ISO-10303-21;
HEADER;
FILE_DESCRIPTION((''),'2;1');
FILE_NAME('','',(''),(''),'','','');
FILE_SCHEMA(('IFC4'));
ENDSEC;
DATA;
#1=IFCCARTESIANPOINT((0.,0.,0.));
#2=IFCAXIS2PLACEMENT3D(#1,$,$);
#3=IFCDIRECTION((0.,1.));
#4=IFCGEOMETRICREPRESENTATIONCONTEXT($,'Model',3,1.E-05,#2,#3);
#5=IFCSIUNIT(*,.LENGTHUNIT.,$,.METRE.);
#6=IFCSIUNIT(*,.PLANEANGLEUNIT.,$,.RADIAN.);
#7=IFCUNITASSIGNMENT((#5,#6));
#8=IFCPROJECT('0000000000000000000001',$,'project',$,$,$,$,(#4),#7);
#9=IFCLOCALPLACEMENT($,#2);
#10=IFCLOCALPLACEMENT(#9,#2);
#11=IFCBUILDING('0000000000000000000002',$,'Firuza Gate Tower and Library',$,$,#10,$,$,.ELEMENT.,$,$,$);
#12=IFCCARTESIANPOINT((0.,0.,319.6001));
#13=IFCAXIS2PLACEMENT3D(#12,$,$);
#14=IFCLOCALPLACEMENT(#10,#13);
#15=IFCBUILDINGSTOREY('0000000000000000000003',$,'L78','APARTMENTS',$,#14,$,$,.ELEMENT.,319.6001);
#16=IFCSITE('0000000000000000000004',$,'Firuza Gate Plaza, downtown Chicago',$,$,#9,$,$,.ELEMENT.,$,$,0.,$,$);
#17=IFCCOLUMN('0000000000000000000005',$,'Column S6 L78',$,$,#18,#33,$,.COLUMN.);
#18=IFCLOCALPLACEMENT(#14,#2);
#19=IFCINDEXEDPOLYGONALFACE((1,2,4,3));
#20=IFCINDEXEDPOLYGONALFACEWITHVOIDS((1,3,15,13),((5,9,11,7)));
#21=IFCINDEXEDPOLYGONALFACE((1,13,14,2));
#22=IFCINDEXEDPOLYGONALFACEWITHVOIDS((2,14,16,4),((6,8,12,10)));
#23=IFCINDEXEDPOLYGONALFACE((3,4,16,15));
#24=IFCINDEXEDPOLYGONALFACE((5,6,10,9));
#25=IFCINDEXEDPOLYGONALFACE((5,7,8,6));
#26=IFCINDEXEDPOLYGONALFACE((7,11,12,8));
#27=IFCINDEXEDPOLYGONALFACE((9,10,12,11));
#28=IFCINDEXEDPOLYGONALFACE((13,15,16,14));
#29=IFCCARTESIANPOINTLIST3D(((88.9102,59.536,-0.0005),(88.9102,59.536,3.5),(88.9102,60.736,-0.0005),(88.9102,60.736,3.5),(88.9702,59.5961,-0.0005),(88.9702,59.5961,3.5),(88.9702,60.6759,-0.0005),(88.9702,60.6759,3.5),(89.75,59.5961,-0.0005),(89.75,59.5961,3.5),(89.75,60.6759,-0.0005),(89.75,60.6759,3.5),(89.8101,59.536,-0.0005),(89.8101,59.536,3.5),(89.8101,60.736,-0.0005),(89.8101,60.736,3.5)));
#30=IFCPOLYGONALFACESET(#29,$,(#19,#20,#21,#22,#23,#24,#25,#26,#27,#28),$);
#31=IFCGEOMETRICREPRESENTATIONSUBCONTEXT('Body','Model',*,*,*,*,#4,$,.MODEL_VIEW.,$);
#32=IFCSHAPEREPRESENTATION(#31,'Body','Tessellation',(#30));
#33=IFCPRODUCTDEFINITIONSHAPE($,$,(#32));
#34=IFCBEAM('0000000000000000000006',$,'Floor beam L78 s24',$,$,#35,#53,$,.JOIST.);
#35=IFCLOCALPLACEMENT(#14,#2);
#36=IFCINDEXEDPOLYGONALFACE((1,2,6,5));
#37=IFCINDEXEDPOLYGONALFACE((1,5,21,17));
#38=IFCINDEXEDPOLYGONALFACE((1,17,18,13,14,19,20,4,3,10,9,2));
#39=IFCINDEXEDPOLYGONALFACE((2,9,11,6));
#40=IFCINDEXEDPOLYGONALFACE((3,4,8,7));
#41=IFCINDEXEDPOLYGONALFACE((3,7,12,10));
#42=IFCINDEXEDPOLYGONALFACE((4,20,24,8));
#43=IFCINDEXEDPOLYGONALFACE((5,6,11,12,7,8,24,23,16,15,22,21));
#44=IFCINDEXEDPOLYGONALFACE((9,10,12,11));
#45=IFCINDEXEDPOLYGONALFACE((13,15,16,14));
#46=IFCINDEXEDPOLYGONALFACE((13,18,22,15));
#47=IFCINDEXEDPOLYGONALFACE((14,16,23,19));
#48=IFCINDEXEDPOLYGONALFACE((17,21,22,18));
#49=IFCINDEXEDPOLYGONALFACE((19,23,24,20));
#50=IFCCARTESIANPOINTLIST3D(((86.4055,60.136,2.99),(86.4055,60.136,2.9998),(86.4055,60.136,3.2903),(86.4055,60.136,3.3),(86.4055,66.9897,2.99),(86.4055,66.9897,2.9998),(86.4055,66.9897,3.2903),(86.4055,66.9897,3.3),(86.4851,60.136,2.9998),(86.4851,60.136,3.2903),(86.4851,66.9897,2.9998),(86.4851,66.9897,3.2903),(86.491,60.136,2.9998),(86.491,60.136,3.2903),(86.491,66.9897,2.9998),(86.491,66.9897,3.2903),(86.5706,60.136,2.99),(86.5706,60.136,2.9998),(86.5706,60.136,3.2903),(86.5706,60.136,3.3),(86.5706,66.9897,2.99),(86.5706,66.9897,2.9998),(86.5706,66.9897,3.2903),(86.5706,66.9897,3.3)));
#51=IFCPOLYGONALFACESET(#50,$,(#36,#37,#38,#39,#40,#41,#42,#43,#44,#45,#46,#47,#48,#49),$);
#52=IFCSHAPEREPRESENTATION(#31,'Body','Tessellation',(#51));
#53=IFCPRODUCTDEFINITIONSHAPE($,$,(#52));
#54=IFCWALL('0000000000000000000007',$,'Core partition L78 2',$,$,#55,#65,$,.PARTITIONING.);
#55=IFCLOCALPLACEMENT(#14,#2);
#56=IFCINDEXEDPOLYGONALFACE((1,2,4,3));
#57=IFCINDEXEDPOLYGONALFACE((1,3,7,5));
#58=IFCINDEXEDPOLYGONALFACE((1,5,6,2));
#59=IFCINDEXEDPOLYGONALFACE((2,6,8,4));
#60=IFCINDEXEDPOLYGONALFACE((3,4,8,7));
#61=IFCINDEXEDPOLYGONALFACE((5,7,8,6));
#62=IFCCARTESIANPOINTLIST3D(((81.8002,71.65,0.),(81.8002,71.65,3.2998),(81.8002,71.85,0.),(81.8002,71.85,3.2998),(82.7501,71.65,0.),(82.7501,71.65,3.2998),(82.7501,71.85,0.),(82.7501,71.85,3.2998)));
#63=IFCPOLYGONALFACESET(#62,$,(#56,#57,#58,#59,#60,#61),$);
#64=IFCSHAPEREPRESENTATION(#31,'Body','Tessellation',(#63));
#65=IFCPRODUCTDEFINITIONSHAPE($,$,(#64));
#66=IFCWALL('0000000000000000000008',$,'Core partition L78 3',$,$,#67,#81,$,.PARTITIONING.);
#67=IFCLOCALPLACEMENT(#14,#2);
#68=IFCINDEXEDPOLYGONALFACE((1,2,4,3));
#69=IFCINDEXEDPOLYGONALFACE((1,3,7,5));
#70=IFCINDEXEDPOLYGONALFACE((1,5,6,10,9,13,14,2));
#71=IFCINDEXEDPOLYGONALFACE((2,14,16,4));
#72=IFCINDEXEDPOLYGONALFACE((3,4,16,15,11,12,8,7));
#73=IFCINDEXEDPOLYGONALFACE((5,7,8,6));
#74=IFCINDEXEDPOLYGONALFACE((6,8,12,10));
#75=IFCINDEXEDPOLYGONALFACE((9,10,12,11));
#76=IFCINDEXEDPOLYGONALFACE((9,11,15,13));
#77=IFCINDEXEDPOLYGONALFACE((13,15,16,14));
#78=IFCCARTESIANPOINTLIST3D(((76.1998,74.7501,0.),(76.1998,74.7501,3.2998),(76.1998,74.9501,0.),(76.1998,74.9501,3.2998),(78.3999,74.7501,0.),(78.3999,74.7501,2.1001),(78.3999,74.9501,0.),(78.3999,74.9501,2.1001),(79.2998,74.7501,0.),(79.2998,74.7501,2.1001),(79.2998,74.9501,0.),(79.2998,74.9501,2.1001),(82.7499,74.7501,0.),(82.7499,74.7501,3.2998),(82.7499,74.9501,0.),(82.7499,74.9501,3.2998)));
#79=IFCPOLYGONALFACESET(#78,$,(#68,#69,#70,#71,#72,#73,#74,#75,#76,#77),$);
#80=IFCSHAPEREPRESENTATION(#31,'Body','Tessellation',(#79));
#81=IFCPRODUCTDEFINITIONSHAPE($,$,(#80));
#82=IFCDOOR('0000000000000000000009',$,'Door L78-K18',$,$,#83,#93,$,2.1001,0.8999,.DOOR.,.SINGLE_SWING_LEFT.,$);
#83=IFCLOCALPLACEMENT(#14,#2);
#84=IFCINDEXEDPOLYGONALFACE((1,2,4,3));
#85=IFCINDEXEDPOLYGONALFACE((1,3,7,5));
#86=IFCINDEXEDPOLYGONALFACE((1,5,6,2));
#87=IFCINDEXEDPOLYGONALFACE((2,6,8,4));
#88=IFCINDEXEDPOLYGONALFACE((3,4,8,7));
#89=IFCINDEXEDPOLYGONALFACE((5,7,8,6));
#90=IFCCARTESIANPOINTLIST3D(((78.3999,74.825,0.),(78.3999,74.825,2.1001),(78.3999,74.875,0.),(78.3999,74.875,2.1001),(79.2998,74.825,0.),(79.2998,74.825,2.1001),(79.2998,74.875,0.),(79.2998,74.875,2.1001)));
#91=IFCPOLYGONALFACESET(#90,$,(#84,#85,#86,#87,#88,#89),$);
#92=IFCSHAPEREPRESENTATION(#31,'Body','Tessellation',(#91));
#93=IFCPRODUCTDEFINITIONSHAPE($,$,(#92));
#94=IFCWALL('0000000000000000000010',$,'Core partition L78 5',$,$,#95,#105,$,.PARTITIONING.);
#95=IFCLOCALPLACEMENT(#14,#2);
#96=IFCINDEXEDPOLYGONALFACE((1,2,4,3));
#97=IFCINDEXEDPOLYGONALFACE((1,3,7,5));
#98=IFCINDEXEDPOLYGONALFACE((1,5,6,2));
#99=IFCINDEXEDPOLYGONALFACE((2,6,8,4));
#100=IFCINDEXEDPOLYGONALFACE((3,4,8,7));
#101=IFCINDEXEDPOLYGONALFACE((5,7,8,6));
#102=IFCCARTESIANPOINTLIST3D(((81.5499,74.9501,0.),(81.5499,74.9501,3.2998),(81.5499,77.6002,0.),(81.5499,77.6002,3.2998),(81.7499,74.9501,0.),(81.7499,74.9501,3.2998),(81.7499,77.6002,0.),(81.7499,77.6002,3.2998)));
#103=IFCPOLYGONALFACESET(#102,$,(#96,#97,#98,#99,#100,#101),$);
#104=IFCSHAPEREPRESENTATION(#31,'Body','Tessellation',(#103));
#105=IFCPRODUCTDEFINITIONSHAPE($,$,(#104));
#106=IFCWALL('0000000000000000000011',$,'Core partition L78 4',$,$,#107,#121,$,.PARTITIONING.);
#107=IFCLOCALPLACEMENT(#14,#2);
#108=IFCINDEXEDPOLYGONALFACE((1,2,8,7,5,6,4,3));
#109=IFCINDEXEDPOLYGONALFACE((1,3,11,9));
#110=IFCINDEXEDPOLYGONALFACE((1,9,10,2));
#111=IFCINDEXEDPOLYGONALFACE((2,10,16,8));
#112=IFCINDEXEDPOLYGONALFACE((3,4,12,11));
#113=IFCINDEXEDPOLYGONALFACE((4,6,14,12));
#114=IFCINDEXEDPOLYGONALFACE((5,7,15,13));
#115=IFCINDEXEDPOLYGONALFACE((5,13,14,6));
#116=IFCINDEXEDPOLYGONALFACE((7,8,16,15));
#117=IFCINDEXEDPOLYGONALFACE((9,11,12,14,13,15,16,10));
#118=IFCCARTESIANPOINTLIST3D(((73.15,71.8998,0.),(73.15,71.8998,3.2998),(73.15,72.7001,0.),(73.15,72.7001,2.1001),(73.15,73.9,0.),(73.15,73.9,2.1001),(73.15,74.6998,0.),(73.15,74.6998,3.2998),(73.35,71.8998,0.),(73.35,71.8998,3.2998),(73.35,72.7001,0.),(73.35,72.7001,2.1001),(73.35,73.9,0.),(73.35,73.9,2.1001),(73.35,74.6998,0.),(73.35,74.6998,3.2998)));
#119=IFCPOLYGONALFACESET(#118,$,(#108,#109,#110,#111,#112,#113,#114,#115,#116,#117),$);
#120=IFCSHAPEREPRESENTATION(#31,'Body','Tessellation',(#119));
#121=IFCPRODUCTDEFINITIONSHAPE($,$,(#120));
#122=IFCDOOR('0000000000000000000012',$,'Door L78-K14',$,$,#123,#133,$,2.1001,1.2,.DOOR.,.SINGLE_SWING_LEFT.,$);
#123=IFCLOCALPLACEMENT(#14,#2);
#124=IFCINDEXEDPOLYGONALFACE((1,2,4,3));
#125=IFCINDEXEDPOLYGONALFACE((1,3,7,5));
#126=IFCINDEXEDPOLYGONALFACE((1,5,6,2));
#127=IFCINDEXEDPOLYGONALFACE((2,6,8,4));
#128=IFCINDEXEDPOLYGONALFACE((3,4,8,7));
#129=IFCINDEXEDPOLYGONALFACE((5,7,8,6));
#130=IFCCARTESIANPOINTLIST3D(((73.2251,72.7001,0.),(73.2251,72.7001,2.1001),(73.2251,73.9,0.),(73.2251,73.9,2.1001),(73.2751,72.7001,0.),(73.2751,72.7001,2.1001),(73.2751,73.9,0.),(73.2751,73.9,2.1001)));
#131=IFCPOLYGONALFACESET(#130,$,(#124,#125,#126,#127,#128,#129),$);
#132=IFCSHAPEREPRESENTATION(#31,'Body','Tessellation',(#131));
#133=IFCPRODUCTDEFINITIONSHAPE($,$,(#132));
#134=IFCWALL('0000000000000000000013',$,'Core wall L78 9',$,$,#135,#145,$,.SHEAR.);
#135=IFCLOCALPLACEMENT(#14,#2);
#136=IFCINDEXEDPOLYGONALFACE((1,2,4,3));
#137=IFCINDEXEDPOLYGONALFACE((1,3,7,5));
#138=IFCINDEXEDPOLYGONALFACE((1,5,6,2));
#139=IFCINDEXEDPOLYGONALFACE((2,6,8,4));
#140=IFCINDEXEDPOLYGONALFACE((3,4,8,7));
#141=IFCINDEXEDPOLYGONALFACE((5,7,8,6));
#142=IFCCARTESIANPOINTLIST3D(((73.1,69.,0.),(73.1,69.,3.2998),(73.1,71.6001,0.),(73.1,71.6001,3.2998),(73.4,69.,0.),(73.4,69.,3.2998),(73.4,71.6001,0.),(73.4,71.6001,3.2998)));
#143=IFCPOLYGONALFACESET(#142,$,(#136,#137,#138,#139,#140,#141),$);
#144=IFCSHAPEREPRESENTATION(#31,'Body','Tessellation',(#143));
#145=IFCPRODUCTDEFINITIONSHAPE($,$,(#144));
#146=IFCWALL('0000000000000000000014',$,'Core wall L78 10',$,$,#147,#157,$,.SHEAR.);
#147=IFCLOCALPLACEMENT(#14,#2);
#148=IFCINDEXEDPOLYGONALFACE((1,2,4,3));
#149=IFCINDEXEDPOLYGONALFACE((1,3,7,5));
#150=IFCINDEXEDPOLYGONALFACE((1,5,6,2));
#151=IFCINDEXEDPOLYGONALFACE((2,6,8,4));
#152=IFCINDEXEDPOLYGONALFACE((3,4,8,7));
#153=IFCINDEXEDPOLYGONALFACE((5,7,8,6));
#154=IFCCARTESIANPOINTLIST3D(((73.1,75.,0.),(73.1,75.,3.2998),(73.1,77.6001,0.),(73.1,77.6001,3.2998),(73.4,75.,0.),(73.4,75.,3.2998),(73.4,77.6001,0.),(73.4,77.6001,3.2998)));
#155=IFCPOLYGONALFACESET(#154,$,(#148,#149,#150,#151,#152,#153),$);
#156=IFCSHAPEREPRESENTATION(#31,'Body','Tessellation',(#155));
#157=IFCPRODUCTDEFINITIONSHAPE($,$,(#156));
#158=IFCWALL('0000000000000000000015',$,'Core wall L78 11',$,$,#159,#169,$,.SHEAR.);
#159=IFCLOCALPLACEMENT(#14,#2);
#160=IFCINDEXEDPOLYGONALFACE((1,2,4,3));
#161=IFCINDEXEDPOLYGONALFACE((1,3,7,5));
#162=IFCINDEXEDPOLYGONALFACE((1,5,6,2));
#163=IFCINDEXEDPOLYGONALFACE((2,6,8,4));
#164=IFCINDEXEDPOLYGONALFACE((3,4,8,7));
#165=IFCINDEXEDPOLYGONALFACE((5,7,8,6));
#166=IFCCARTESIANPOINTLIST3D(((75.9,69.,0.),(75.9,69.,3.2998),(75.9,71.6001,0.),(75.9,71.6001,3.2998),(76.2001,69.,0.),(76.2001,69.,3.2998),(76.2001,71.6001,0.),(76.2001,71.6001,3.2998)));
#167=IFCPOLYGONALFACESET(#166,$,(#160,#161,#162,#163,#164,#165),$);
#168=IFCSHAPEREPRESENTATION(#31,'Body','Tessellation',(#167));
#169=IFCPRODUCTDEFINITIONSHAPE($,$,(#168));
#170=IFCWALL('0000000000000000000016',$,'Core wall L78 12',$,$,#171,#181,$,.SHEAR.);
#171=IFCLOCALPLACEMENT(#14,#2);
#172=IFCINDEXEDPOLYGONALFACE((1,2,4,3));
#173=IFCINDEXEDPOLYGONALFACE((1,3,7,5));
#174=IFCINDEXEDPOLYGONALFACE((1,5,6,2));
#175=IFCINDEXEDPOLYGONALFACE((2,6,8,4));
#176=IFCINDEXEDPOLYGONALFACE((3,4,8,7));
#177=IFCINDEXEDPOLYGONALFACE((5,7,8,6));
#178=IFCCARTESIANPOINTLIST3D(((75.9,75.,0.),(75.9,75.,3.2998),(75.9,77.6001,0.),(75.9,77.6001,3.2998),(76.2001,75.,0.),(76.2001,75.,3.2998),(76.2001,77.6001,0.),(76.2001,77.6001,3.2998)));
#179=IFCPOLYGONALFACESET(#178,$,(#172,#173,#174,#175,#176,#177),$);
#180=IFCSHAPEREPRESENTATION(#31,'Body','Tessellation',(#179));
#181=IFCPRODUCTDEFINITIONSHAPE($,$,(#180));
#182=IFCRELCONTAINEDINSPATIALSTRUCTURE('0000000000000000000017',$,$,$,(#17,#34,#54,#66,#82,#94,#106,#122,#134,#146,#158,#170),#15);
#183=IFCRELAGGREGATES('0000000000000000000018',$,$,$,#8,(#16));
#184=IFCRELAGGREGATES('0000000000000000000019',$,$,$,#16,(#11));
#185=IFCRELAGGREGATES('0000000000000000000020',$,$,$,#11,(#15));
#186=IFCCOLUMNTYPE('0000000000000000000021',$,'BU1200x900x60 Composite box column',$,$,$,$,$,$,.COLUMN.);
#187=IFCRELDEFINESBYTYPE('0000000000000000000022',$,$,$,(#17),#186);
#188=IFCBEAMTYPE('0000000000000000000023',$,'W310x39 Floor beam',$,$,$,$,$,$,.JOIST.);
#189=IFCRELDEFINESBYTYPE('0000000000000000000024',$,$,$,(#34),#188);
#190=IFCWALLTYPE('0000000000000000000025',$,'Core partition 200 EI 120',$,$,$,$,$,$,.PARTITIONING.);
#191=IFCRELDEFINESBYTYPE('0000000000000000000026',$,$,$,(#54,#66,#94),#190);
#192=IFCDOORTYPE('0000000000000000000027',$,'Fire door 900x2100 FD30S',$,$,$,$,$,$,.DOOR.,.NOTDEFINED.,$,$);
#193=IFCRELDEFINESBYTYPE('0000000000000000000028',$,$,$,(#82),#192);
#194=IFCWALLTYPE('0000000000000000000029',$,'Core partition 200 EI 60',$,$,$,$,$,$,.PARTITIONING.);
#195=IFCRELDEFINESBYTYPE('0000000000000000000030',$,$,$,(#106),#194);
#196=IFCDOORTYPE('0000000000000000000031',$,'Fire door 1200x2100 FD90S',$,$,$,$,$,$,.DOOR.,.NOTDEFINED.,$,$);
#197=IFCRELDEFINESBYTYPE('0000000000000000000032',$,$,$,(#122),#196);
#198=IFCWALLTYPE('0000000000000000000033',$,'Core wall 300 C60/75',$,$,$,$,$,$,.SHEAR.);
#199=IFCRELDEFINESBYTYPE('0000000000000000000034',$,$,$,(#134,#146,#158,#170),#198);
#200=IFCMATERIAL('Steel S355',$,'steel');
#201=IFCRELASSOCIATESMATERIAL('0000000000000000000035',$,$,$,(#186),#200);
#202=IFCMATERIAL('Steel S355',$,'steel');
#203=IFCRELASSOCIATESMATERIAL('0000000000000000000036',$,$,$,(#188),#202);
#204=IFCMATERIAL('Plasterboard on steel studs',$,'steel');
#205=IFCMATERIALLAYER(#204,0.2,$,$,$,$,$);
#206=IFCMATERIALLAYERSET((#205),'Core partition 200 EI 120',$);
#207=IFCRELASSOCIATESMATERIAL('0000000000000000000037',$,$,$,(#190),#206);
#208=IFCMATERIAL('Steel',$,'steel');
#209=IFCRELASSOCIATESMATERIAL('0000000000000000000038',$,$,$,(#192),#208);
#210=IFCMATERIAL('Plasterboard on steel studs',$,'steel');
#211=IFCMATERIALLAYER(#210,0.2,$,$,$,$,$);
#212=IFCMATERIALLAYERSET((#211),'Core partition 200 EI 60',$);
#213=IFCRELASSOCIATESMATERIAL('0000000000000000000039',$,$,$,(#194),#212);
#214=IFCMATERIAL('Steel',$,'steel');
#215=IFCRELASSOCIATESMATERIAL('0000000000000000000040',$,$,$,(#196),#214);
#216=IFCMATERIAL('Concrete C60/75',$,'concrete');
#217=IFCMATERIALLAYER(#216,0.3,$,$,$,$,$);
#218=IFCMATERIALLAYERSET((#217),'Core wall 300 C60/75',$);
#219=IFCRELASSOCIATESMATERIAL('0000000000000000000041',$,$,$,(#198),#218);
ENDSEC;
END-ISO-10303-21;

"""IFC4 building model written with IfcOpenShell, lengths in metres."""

from ifc_helpers import new_model, si_unit, direction, frame, frame_2d, origin, origin_2d, place, context, subcontext, project, spatial, rectangle, hollow_rectangle, i_section, extrude, material, layer, layer_set, material_profile, profile_set, type_object, element, fill, save


model = new_model("IFC4")

# Units and contexts
model_context = context("Model", 3, precision=1e-05, world=origin(), true_north=direction((0.0, 1.0)))
body_context = subcontext(model_context, "Body", "Model", "MODEL_VIEW")
ifc_project = project(units=[si_unit("LENGTHUNIT", "METRE"), si_unit("PLANEANGLEUNIT", "RADIAN")], contexts=[model_context])

# Site, building, storey
site_placement = place(None, origin())
site = spatial("IfcSite", under=ifc_project, at=site_placement, Name="Firuza Gate Plaza, downtown Chicago", CompositionType="ELEMENT", RefElevation=0.0)
building_placement = place(site_placement, origin())
building = spatial("IfcBuilding", under=site, at=building_placement, Name="Firuza Gate Tower and Library", CompositionType="ELEMENT")
storey_placement = place(building_placement, frame((0.0, 0.0, 319.6001)))
storey = spatial("IfcBuildingStorey", under=building, at=storey_placement, Name="L78", Description="APARTMENTS", CompositionType="ELEMENT", Elevation=319.6001)

# Column
ifc_material_1 = material(Name="Steel S355", Category="steel")
ifc_material_profile_1 = material_profile(ifc_material_1, hollow_rectangle(XDim=0.8999, YDim=1.2, WallThickness=0.0601, at=origin_2d()))
ifc_profile_set_1 = profile_set([ifc_material_profile_1], Name="Steel S355")
column_type = type_object("IfcColumnType", Name="BU1200x900x60 Composite box column", PredefinedType="COLUMN", material=ifc_profile_set_1)
column_placement = place(storey_placement, frame((89.3601, 60.136, -0.0005), z_axis=(0.0, 0.0, 1.0), x_axis=(1.0, 0.0, 0.0)))
element("IfcColumn", 1, at=column_placement, inside=storey, type_object=column_type, Name="Column S6 L78", PredefinedType="COLUMN", context=body_context, shape_type="SweptSolid", body=[
    extrude(hollow_rectangle(XDim=0.8999, YDim=1.2, WallThickness=0.0601, at=origin_2d()), origin(), (0.0, 0.0, 1.0), 3.5005),
])

# Beam
ifc_material_2 = material(Name="Steel S355", Category="steel")
ifc_material_profile_2 = material_profile(ifc_material_2, i_section(OverallWidth=0.165, OverallDepth=0.3101, WebThickness=0.0059, FlangeThickness=0.0098, at=origin_2d()))
ifc_profile_set_2 = profile_set([ifc_material_profile_2], Name="Steel S355")
beam_type = type_object("IfcBeamType", Name="W310x39 Floor beam", PredefinedType="JOIST", material=ifc_profile_set_2)
beam_placement = place(storey_placement, frame((86.488, 60.136, 3.145), z_axis=(0.0, 1.0, 0.0), x_axis=(-1.0, 0.0, 0.0)))
element("IfcBeam", 2, at=beam_placement, inside=storey, type_object=beam_type, Name="Floor beam L78 s24", PredefinedType="JOIST", context=body_context, shape_type="SweptSolid", body=[
    extrude(i_section(OverallWidth=0.165, OverallDepth=0.3101, WebThickness=0.0059, FlangeThickness=0.0098, at=origin_2d()), origin(), (0.0, 0.0, 1.0), 6.8538),
])

# Wall
ifc_material_3 = material(Name="Plasterboard on steel studs", Category="steel")
ifc_layer_1 = layer(ifc_material_3, 0.2)
ifc_layer_set_1 = layer_set([ifc_layer_1], Name="Core partition 200 EI 120")
wall_type_1 = type_object("IfcWallType", Name="Core partition 200 EI 120", PredefinedType="PARTITIONING", material=ifc_layer_set_1)
wall_1_placement = place(storey_placement, frame((81.8, 71.75, 0.0), z_axis=(0.0, 0.0, 1.0), x_axis=(1.0, 0.0, 0.0)))
element("IfcWall", 3, at=wall_1_placement, inside=storey, type_object=wall_type_1, Name="Core partition L78 2", PredefinedType="PARTITIONING", context=body_context, shape_type="SweptSolid", body=[
    extrude(rectangle(XDim=0.95, YDim=0.2, at=frame_2d((0.4751, 0.0))), origin(), (0.0, 0.0, 1.0), 3.2998),
])

# Wall, opening, door
wall_2_placement = place(storey_placement, frame((76.2, 74.8501, 0.0), z_axis=(0.0, 0.0, 1.0), x_axis=(1.0, 0.0, 0.0)))
wall_2 = element("IfcWall", 4, at=wall_2_placement, inside=storey, type_object=wall_type_1, Name="Core partition L78 3", PredefinedType="PARTITIONING", context=body_context, shape_type="SweptSolid", body=[
    extrude(rectangle(XDim=6.55, YDim=0.2, at=frame_2d((3.2749, 0.0))), origin(), (0.0, 0.0, 1.0), 3.2998),
])
opening_1_placement = place(wall_2_placement, frame((2.2, 0.0, 0.0)))
opening_1 = element("IfcOpeningElement", 5, at=opening_1_placement, cuts=wall_2, PredefinedType="OPENING", context=body_context, shape_type="SweptSolid", body=[
    extrude(rectangle(XDim=0.8999, YDim=2.1001, at=frame_2d((0.45, 1.05))), frame((0.0, 0.1099, 0.0), z_axis=(0.0, -1.0, 0.0), x_axis=(1.0, 0.0, 0.0)), (0.0, 0.0, 1.0), 0.22),
])
ifc_material_4 = material(Name="Steel", Category="steel")
door_type_1 = type_object("IfcDoorType", Name="Fire door 900x2100 FD30S", OperationType="NOTDEFINED", PredefinedType="DOOR", material=ifc_material_4)
door_1_placement = place(opening_1_placement, origin())
door_1 = element("IfcDoor", 6, at=door_1_placement, inside=storey, type_object=door_type_1, Name="Door L78-K18", OperationType="SINGLE_SWING_LEFT", OverallHeight=2.1001, OverallWidth=0.8999, PredefinedType="DOOR", context=body_context, shape_type="SweptSolid", body=[
    extrude(rectangle(XDim=0.8999, YDim=2.1001, at=frame_2d((0.45, 1.05))), frame((0.0, 0.0249, 0.0), z_axis=(0.0, -1.0, 0.0), x_axis=(1.0, 0.0, 0.0)), (0.0, 0.0, 1.0), 0.05),
])
fill(opening_1, door_1)

# Wall
wall_3_placement = place(storey_placement, frame((81.6499, 74.95, 0.0), z_axis=(0.0, 0.0, 1.0), x_axis=(0.0, 1.0, 0.0)))
element("IfcWall", 7, at=wall_3_placement, inside=storey, type_object=wall_type_1, Name="Core partition L78 5", PredefinedType="PARTITIONING", context=body_context, shape_type="SweptSolid", body=[
    extrude(rectangle(XDim=2.6501, YDim=0.2, at=frame_2d((1.3252, 0.0))), origin(), (0.0, 0.0, 1.0), 3.2998),
])

# Wall, opening, door
ifc_material_5 = material(Name="Plasterboard on steel studs", Category="steel")
ifc_layer_2 = layer(ifc_material_5, 0.2)
ifc_layer_set_2 = layer_set([ifc_layer_2], Name="Core partition 200 EI 60")
wall_type_2 = type_object("IfcWallType", Name="Core partition 200 EI 60", PredefinedType="PARTITIONING", material=ifc_layer_set_2)
wall_4_placement = place(storey_placement, frame((73.25, 71.8999, 0.0), z_axis=(0.0, 0.0, 1.0), x_axis=(0.0, 1.0, 0.0)))
wall_4 = element("IfcWall", 8, at=wall_4_placement, inside=storey, type_object=wall_type_2, Name="Core partition L78 4", PredefinedType="PARTITIONING", context=body_context, shape_type="SweptSolid", body=[
    extrude(rectangle(XDim=2.8, YDim=0.2, at=frame_2d((1.3999, 0.0))), origin(), (0.0, 0.0, 1.0), 3.2998),
])
opening_2_placement = place(wall_4_placement, frame((0.8, 0.0, 0.0)))
opening_2 = element("IfcOpeningElement", 9, at=opening_2_placement, cuts=wall_4, PredefinedType="OPENING", context=body_context, shape_type="SweptSolid", body=[
    extrude(rectangle(XDim=1.2, YDim=2.1001, at=frame_2d((0.6001, 1.05))), frame((0.0, 0.1099, 0.0), z_axis=(0.0, -1.0, 0.0), x_axis=(1.0, 0.0, 0.0)), (0.0, 0.0, 1.0), 0.22),
])
ifc_material_6 = material(Name="Steel", Category="steel")
door_type_2 = type_object("IfcDoorType", Name="Fire door 1200x2100 FD90S", OperationType="NOTDEFINED", PredefinedType="DOOR", material=ifc_material_6)
door_2_placement = place(opening_2_placement, origin())
door_2 = element("IfcDoor", 10, at=door_2_placement, inside=storey, type_object=door_type_2, Name="Door L78-K14", OperationType="SINGLE_SWING_LEFT", OverallHeight=2.1001, OverallWidth=1.2, PredefinedType="DOOR", context=body_context, shape_type="SweptSolid", body=[
    extrude(rectangle(XDim=1.2, YDim=2.1001, at=frame_2d((0.6001, 1.05))), frame((0.0, 0.0249, 0.0), z_axis=(0.0, -1.0, 0.0), x_axis=(1.0, 0.0, 0.0)), (0.0, 0.0, 1.0), 0.05),
])
fill(opening_2, door_2)

# Walls
ifc_material_7 = material(Name="Concrete C60/75", Category="concrete")
ifc_layer_3 = layer(ifc_material_7, 0.3)
ifc_layer_set_3 = layer_set([ifc_layer_3], Name="Core wall 300 C60/75")
wall_type_3 = type_object("IfcWallType", Name="Core wall 300 C60/75", PredefinedType="SHEAR", material=ifc_layer_set_3)
for number, where, z_axis, x_axis, name in (
    (11, (73.25, 69.0, 0.0), (0.0, 0.0, 1.0), (0.0, 1.0, 0.0), "Core wall L78 9"),
    (12, (73.25, 75.0, 0.0), (0.0, 0.0, 1.0), (0.0, 1.0, 0.0), "Core wall L78 10"),
    (13, (76.05, 69.0, 0.0), (0.0, 0.0, 1.0), (0.0, 1.0, 0.0), "Core wall L78 11"),
    (14, (76.05, 75.0, 0.0), (0.0, 0.0, 1.0), (0.0, 1.0, 0.0), "Core wall L78 12"),
):
    element("IfcWall", number, at=place(storey_placement, frame(where, z_axis=z_axis, x_axis=x_axis)), inside=storey, type_object=wall_type_3, Name=name, PredefinedType="SHEAR", context=body_context, shape_type="SweptSolid", body=[
        extrude(rectangle(XDim=2.6001, YDim=0.3, at=frame_2d((1.3, 0.0))), origin(), (0.0, 0.0, 1.0), 3.2998),
    ])

save(model, "model.ifc")
